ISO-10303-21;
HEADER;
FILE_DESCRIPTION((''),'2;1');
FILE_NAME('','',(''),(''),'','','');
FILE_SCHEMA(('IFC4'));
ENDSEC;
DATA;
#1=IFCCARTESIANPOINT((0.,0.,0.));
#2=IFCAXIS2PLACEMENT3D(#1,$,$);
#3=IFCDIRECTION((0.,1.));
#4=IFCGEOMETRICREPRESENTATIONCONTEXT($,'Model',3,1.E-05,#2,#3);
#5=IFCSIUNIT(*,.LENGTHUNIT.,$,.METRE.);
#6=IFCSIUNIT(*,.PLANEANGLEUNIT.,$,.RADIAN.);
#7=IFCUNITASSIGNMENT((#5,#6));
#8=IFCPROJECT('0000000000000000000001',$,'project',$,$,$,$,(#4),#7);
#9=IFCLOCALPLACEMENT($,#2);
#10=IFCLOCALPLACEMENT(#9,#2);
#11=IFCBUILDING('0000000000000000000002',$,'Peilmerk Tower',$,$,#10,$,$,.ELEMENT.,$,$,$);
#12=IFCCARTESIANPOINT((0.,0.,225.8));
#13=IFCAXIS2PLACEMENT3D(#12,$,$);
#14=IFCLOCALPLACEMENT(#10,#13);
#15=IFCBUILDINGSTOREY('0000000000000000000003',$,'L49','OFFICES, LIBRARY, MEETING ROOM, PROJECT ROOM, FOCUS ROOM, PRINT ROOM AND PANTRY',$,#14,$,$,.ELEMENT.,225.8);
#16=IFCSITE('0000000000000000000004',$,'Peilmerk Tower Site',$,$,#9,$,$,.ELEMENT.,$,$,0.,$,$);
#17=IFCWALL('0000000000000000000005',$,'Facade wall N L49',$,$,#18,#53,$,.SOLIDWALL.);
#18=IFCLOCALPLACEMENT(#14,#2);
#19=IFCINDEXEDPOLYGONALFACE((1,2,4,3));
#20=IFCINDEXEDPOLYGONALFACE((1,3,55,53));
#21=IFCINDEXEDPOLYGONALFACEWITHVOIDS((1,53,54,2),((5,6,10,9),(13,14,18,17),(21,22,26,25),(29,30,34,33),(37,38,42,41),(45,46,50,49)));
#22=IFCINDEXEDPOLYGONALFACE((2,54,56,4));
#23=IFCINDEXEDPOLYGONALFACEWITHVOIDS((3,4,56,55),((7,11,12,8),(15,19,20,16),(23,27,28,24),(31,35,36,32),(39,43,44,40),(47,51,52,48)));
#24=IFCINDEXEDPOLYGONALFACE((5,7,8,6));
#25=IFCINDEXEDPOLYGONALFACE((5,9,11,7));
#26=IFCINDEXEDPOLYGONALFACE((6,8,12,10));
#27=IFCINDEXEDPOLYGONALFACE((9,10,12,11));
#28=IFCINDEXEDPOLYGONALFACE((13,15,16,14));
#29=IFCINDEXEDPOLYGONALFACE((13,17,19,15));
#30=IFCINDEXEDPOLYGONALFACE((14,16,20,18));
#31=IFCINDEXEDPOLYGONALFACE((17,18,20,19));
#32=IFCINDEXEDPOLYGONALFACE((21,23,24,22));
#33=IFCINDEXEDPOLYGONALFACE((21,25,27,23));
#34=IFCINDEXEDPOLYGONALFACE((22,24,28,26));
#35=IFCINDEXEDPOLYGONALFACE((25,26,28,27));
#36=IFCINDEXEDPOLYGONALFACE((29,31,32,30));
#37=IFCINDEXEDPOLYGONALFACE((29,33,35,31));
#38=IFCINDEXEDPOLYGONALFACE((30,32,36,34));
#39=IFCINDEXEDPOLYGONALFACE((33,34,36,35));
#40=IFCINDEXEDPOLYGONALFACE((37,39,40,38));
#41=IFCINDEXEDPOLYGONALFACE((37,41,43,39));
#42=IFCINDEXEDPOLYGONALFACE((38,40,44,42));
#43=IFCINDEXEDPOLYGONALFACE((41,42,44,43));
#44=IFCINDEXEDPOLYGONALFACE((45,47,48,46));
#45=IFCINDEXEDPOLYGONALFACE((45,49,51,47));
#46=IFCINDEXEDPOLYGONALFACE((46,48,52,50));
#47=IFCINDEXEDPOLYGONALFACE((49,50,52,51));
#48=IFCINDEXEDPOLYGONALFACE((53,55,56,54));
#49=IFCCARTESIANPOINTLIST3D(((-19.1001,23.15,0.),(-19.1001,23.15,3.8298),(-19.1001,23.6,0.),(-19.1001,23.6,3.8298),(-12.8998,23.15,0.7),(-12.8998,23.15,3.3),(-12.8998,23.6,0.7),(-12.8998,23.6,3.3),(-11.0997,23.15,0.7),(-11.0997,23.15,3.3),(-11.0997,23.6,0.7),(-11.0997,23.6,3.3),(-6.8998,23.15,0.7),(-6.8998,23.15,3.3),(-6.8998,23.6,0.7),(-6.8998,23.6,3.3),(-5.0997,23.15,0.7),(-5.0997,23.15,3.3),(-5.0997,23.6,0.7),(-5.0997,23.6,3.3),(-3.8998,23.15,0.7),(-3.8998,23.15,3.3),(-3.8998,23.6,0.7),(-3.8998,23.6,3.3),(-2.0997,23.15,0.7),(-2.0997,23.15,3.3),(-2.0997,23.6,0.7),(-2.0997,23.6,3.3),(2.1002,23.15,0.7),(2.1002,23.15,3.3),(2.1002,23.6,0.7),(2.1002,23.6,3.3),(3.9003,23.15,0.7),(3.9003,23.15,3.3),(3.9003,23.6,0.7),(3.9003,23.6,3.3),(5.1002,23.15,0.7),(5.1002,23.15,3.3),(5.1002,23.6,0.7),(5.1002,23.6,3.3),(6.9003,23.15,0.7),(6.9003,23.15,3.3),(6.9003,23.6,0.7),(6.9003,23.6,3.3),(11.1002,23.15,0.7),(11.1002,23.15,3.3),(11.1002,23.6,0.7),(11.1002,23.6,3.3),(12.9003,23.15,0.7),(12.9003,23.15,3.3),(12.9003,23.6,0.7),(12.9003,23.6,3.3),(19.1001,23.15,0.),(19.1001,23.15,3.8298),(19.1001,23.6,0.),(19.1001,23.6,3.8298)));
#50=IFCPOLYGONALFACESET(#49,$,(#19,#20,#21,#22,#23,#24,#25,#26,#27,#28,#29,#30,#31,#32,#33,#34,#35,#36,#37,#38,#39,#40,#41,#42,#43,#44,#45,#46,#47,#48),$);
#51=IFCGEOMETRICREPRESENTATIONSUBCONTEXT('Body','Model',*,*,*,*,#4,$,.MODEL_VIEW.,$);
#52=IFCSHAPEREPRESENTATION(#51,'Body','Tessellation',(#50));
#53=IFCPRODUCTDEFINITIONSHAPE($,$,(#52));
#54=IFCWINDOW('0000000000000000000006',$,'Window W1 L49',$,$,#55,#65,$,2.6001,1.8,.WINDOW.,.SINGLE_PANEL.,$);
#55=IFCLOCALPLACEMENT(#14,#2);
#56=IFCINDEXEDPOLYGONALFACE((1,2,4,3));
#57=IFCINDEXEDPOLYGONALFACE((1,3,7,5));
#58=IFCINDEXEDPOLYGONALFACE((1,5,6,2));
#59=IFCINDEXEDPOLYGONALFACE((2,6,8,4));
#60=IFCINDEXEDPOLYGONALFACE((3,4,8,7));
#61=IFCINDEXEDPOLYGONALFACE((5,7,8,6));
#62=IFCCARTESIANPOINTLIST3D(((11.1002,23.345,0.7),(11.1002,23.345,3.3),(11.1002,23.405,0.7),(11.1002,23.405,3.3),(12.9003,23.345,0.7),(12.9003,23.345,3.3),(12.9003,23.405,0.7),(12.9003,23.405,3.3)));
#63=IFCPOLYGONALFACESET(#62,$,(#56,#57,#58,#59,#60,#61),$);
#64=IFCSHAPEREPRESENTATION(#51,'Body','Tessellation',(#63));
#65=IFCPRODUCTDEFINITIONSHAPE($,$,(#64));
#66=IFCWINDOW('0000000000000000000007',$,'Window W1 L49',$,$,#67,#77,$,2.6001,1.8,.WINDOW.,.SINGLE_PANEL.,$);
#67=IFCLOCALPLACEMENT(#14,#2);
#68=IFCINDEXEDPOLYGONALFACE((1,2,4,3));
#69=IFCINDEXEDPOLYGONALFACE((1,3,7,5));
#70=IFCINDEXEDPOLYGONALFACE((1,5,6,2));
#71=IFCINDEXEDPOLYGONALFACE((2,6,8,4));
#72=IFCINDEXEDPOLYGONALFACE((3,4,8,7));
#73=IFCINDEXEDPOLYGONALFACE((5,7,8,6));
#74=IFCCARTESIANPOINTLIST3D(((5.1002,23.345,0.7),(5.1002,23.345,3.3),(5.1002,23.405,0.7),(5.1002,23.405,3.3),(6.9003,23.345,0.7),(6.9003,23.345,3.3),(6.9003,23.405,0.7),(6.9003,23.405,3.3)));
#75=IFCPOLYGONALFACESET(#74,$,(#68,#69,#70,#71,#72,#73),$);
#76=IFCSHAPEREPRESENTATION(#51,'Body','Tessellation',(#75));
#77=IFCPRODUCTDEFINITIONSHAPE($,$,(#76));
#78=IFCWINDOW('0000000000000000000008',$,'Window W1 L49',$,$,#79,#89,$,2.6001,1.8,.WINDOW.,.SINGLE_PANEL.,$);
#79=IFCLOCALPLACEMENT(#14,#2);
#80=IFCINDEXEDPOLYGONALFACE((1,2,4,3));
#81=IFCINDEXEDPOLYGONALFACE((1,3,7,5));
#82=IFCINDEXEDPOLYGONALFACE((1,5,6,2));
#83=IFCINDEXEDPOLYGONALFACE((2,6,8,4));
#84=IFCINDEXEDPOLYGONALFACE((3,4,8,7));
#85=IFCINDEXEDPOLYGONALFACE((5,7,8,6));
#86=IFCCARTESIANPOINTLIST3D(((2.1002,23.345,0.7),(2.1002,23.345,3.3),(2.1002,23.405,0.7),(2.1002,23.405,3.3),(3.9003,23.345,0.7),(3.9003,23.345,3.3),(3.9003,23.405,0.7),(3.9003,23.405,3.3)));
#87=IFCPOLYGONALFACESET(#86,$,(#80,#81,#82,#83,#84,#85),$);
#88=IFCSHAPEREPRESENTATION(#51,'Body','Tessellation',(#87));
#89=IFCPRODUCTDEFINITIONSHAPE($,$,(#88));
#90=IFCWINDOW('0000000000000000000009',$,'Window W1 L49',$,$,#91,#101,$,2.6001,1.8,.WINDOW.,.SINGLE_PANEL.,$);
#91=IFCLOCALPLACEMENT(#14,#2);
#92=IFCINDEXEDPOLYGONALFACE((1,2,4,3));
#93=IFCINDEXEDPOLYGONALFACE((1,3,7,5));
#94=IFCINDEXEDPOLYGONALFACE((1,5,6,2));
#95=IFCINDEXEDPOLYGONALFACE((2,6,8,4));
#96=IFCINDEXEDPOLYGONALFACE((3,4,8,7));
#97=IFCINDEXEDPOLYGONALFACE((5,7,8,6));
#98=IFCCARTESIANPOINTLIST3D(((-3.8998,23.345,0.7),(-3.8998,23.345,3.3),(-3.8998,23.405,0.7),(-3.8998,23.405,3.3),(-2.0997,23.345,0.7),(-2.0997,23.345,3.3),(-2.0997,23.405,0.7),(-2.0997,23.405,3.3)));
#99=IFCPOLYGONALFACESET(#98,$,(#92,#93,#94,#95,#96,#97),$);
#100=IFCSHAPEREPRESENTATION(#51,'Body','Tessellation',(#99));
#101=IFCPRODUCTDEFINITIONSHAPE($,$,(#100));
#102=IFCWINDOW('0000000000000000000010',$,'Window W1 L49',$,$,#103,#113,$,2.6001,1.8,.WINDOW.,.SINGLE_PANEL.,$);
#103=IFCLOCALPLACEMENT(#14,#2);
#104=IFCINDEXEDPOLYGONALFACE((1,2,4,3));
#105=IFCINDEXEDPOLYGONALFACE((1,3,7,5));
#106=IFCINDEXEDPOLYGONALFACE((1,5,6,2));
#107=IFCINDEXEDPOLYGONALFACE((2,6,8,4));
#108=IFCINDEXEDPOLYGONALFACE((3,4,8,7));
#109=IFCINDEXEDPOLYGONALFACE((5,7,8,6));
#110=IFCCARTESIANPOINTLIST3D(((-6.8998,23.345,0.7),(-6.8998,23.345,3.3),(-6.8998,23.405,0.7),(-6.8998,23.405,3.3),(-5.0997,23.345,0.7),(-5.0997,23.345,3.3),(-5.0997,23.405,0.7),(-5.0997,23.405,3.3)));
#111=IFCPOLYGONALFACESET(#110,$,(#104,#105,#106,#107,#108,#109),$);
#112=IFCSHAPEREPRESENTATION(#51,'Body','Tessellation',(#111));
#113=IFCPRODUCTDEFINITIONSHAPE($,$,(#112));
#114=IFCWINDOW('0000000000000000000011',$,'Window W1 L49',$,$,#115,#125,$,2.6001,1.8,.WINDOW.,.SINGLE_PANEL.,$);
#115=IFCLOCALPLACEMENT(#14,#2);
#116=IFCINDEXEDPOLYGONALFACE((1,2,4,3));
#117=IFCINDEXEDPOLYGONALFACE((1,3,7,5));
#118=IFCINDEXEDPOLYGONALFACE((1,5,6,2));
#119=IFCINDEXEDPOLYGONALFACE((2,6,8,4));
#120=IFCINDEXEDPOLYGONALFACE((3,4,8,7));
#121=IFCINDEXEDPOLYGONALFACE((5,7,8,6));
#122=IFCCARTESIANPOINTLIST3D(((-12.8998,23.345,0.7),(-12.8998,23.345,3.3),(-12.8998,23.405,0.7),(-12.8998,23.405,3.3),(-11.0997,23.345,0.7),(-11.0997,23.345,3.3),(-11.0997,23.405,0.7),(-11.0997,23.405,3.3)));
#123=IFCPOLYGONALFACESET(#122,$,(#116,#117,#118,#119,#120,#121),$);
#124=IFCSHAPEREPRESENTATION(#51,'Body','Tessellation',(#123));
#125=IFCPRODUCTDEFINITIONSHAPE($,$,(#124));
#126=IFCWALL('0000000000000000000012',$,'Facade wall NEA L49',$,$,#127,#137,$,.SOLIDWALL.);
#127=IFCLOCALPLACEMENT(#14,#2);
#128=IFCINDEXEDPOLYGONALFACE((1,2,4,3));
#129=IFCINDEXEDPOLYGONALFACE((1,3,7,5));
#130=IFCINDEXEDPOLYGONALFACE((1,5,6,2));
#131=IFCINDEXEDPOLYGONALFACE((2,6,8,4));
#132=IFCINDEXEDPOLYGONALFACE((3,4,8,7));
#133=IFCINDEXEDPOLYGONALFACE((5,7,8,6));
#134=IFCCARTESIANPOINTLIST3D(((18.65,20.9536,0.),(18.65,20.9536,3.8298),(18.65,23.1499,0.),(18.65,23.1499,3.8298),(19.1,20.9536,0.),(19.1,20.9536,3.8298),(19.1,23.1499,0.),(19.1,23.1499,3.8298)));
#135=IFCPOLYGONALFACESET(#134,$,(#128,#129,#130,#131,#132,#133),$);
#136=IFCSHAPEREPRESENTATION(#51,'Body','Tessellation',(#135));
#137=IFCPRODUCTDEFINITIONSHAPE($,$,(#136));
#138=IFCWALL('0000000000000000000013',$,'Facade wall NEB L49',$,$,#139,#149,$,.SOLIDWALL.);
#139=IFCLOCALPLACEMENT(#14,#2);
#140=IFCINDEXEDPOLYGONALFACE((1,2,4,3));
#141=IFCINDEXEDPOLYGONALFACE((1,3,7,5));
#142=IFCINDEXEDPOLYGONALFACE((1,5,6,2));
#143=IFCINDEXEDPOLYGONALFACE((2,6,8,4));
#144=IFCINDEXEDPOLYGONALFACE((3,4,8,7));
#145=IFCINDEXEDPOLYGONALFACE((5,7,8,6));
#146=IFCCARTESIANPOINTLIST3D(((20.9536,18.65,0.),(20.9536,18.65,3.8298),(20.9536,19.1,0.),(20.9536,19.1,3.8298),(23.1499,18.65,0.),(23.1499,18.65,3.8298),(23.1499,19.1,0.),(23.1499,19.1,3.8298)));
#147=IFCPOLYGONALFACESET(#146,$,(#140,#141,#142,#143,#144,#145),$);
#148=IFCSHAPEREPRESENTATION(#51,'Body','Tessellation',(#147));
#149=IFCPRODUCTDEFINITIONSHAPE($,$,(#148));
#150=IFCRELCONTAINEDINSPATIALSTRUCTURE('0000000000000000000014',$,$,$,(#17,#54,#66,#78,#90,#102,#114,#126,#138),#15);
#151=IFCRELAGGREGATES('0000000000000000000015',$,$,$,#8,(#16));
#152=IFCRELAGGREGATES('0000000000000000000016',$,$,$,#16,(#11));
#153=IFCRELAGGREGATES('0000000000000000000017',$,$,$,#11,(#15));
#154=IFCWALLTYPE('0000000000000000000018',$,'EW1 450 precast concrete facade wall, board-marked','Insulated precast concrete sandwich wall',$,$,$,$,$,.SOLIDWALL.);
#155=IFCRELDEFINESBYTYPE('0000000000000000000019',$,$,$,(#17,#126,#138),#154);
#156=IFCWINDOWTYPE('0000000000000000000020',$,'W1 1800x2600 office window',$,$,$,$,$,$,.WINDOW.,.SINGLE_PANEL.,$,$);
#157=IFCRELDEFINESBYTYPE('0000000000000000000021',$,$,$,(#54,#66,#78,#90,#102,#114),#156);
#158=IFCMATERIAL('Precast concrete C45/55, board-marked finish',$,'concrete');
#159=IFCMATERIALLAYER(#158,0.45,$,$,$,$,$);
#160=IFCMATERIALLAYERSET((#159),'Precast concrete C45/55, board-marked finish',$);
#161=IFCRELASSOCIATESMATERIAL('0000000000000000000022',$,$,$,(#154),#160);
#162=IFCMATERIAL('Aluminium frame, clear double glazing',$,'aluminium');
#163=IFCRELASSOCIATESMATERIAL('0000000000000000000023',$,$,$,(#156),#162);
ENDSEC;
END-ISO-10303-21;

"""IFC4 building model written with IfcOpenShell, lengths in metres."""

from ifc_helpers import new_model, si_unit, direction, frame, frame_2d, origin, place, context, subcontext, project, spatial, rectangle, extrude, material, layer, layer_set, type_object, element, fill, save


model = new_model("IFC4")

# Units and contexts
model_context = context("Model", 3, precision=1e-05, world=origin(), true_north=direction((0.0, 1.0)))
body_context = subcontext(model_context, "Body", "Model", "MODEL_VIEW")
ifc_project = project(units=[si_unit("LENGTHUNIT", "METRE"), si_unit("PLANEANGLEUNIT", "RADIAN")], contexts=[model_context])

# Site, building, storey
site_placement = place(None, origin())
site = spatial("IfcSite", under=ifc_project, at=site_placement, Name="Peilmerk Tower Site", CompositionType="ELEMENT", RefElevation=0.0)
building_placement = place(site_placement, origin())
building = spatial("IfcBuilding", under=site, at=building_placement, Name="Peilmerk Tower", CompositionType="ELEMENT")
storey_placement = place(building_placement, frame((0.0, 0.0, 225.8)))
storey = spatial("IfcBuildingStorey", under=building, at=storey_placement, Name="L49", Description="OFFICES, LIBRARY, MEETING ROOM, PROJECT ROOM, FOCUS ROOM, PRINT ROOM AND PANTRY", CompositionType="ELEMENT", Elevation=225.8)

# Wall, openings, windows
ifc_material_1 = material(Name="Precast concrete C45/55, board-marked finish", Category="concrete")
ifc_layer_1 = layer(ifc_material_1, 0.45)
ifc_layer_set_1 = layer_set([ifc_layer_1], Name="Precast concrete C45/55, board-marked finish")
wall_type = type_object("IfcWallType", Name="EW1 450 precast concrete facade wall, board-marked", Description="Insulated precast concrete sandwich wall", PredefinedType="SOLIDWALL", material=ifc_layer_set_1)
wall_placement = place(storey_placement, frame((19.1001, 23.375, 0.0), z_axis=(0.0, 0.0, 1.0), x_axis=(-1.0, 0.0, 0.0)))
wall = element("IfcWall", 1, at=wall_placement, inside=storey, type_object=wall_type, Name="Facade wall N L49", PredefinedType="SOLIDWALL", context=body_context, shape_type="SweptSolid", body=[
    extrude(rectangle(XDim=38.2002, YDim=0.45, at=frame_2d((19.1001, 0.0))), origin(), (0.0, 0.0, 1.0), 3.8298),
])
opening_1_placement = place(wall_placement, frame((6.2, 0.0, 0.7)))
opening_1 = element("IfcOpeningElement", 2, at=opening_1_placement, cuts=wall, PredefinedType="OPENING", context=body_context, shape_type="SweptSolid", body=[
    extrude(rectangle(XDim=1.8, YDim=2.6001, at=frame_2d((0.8999, 1.3))), frame((0.0, 0.2349, 0.0), z_axis=(0.0, -1.0, 0.0), x_axis=(1.0, 0.0, 0.0)), (0.0, 0.0, 1.0), 0.47),
])
opening_2_placement = place(wall_placement, frame((12.2, 0.0, 0.7)))
opening_2 = element("IfcOpeningElement", 3, at=opening_2_placement, cuts=wall, PredefinedType="OPENING", context=body_context, shape_type="SweptSolid", body=[
    extrude(rectangle(XDim=1.8, YDim=2.6001, at=frame_2d((0.8999, 1.3))), frame((0.0, 0.2349, 0.0), z_axis=(0.0, -1.0, 0.0), x_axis=(1.0, 0.0, 0.0)), (0.0, 0.0, 1.0), 0.47),
])
opening_3_placement = place(wall_placement, frame((15.2, 0.0, 0.7)))
opening_3 = element("IfcOpeningElement", 4, at=opening_3_placement, cuts=wall, PredefinedType="OPENING", context=body_context, shape_type="SweptSolid", body=[
    extrude(rectangle(XDim=1.8, YDim=2.6001, at=frame_2d((0.8999, 1.3))), frame((0.0, 0.2349, 0.0), z_axis=(0.0, -1.0, 0.0), x_axis=(1.0, 0.0, 0.0)), (0.0, 0.0, 1.0), 0.47),
])
opening_4_placement = place(wall_placement, frame((21.2, 0.0, 0.7)))
opening_4 = element("IfcOpeningElement", 5, at=opening_4_placement, cuts=wall, PredefinedType="OPENING", context=body_context, shape_type="SweptSolid", body=[
    extrude(rectangle(XDim=1.8, YDim=2.6001, at=frame_2d((0.8999, 1.3))), frame((0.0, 0.2349, 0.0), z_axis=(0.0, -1.0, 0.0), x_axis=(1.0, 0.0, 0.0)), (0.0, 0.0, 1.0), 0.47),
])
opening_5_placement = place(wall_placement, frame((24.2, 0.0, 0.7)))
opening_5 = element("IfcOpeningElement", 6, at=opening_5_placement, cuts=wall, PredefinedType="OPENING", context=body_context, shape_type="SweptSolid", body=[
    extrude(rectangle(XDim=1.8, YDim=2.6001, at=frame_2d((0.8999, 1.3))), frame((0.0, 0.2349, 0.0), z_axis=(0.0, -1.0, 0.0), x_axis=(1.0, 0.0, 0.0)), (0.0, 0.0, 1.0), 0.47),
])
opening_6_placement = place(wall_placement, frame((30.2, 0.0, 0.7)))
opening_6 = element("IfcOpeningElement", 7, at=opening_6_placement, cuts=wall, PredefinedType="OPENING", context=body_context, shape_type="SweptSolid", body=[
    extrude(rectangle(XDim=1.8, YDim=2.6001, at=frame_2d((0.8999, 1.3))), frame((0.0, 0.2349, 0.0), z_axis=(0.0, -1.0, 0.0), x_axis=(1.0, 0.0, 0.0)), (0.0, 0.0, 1.0), 0.47),
])
ifc_material_2 = material(Name="Aluminium frame, clear double glazing", Category="aluminium")
window_type = type_object("IfcWindowType", Name="W1 1800x2600 office window", PartitioningType="SINGLE_PANEL", PredefinedType="WINDOW", material=ifc_material_2)
window_1_placement = place(opening_1_placement, origin())
window_1 = element("IfcWindow", 8, at=window_1_placement, inside=storey, type_object=window_type, Name="Window W1 L49", OverallHeight=2.6001, OverallWidth=1.8, PartitioningType="SINGLE_PANEL", PredefinedType="WINDOW", context=body_context, shape_type="SweptSolid", body=[
    extrude(rectangle(XDim=1.8, YDim=2.6001, at=frame_2d((0.8999, 1.3))), frame((0.0, 0.03, 0.0), z_axis=(0.0, -1.0, 0.0), x_axis=(1.0, 0.0, 0.0)), (0.0, 0.0, 1.0), 0.0601),
])
fill(opening_1, window_1)
window_2_placement = place(opening_2_placement, origin())
window_2 = element("IfcWindow", 9, at=window_2_placement, inside=storey, type_object=window_type, Name="Window W1 L49", OverallHeight=2.6001, OverallWidth=1.8, PartitioningType="SINGLE_PANEL", PredefinedType="WINDOW", context=body_context, shape_type="SweptSolid", body=[
    extrude(rectangle(XDim=1.8, YDim=2.6001, at=frame_2d((0.8999, 1.3))), frame((0.0, 0.03, 0.0), z_axis=(0.0, -1.0, 0.0), x_axis=(1.0, 0.0, 0.0)), (0.0, 0.0, 1.0), 0.0601),
])
fill(opening_2, window_2)
window_3_placement = place(opening_3_placement, origin())
window_3 = element("IfcWindow", 10, at=window_3_placement, inside=storey, type_object=window_type, Name="Window W1 L49", OverallHeight=2.6001, OverallWidth=1.8, PartitioningType="SINGLE_PANEL", PredefinedType="WINDOW", context=body_context, shape_type="SweptSolid", body=[
    extrude(rectangle(XDim=1.8, YDim=2.6001, at=frame_2d((0.8999, 1.3))), frame((0.0, 0.03, 0.0), z_axis=(0.0, -1.0, 0.0), x_axis=(1.0, 0.0, 0.0)), (0.0, 0.0, 1.0), 0.0601),
])
fill(opening_3, window_3)
window_4_placement = place(opening_4_placement, origin())
window_4 = element("IfcWindow", 11, at=window_4_placement, inside=storey, type_object=window_type, Name="Window W1 L49", OverallHeight=2.6001, OverallWidth=1.8, PartitioningType="SINGLE_PANEL", PredefinedType="WINDOW", context=body_context, shape_type="SweptSolid", body=[
    extrude(rectangle(XDim=1.8, YDim=2.6001, at=frame_2d((0.8999, 1.3))), frame((0.0, 0.03, 0.0), z_axis=(0.0, -1.0, 0.0), x_axis=(1.0, 0.0, 0.0)), (0.0, 0.0, 1.0), 0.0601),
])
fill(opening_4, window_4)
window_5_placement = place(opening_5_placement, origin())
window_5 = element("IfcWindow", 12, at=window_5_placement, inside=storey, type_object=window_type, Name="Window W1 L49", OverallHeight=2.6001, OverallWidth=1.8, PartitioningType="SINGLE_PANEL", PredefinedType="WINDOW", context=body_context, shape_type="SweptSolid", body=[
    extrude(rectangle(XDim=1.8, YDim=2.6001, at=frame_2d((0.8999, 1.3))), frame((0.0, 0.03, 0.0), z_axis=(0.0, -1.0, 0.0), x_axis=(1.0, 0.0, 0.0)), (0.0, 0.0, 1.0), 0.0601),
])
fill(opening_5, window_5)
window_6_placement = place(opening_6_placement, origin())
window_6 = element("IfcWindow", 13, at=window_6_placement, inside=storey, type_object=window_type, Name="Window W1 L49", OverallHeight=2.6001, OverallWidth=1.8, PartitioningType="SINGLE_PANEL", PredefinedType="WINDOW", context=body_context, shape_type="SweptSolid", body=[
    extrude(rectangle(XDim=1.8, YDim=2.6001, at=frame_2d((0.8999, 1.3))), frame((0.0, 0.03, 0.0), z_axis=(0.0, -1.0, 0.0), x_axis=(1.0, 0.0, 0.0)), (0.0, 0.0, 1.0), 0.0601),
])
fill(opening_6, window_6)

# Walls
for number, where, z_axis, x_axis, name in (
    (14, (18.875, 20.9536, 0.0), (0.0, 0.0, 1.0), (0.0, 1.0, 0.0), "Facade wall NEA L49"),
    (15, (20.9536, 18.875, 0.0), (0.0, 0.0, 1.0), (1.0, 0.0, 0.0), "Facade wall NEB L49"),
):
    element("IfcWall", number, at=place(storey_placement, frame(where, z_axis=z_axis, x_axis=x_axis)), inside=storey, type_object=wall_type, Name=name, PredefinedType="SOLIDWALL", context=body_context, shape_type="SweptSolid", body=[
        extrude(rectangle(XDim=2.1963, YDim=0.45, at=frame_2d((1.0981, 0.0))), origin(), (0.0, 0.0, 1.0), 3.8298),
    ])

save(model, "model.ifc")
